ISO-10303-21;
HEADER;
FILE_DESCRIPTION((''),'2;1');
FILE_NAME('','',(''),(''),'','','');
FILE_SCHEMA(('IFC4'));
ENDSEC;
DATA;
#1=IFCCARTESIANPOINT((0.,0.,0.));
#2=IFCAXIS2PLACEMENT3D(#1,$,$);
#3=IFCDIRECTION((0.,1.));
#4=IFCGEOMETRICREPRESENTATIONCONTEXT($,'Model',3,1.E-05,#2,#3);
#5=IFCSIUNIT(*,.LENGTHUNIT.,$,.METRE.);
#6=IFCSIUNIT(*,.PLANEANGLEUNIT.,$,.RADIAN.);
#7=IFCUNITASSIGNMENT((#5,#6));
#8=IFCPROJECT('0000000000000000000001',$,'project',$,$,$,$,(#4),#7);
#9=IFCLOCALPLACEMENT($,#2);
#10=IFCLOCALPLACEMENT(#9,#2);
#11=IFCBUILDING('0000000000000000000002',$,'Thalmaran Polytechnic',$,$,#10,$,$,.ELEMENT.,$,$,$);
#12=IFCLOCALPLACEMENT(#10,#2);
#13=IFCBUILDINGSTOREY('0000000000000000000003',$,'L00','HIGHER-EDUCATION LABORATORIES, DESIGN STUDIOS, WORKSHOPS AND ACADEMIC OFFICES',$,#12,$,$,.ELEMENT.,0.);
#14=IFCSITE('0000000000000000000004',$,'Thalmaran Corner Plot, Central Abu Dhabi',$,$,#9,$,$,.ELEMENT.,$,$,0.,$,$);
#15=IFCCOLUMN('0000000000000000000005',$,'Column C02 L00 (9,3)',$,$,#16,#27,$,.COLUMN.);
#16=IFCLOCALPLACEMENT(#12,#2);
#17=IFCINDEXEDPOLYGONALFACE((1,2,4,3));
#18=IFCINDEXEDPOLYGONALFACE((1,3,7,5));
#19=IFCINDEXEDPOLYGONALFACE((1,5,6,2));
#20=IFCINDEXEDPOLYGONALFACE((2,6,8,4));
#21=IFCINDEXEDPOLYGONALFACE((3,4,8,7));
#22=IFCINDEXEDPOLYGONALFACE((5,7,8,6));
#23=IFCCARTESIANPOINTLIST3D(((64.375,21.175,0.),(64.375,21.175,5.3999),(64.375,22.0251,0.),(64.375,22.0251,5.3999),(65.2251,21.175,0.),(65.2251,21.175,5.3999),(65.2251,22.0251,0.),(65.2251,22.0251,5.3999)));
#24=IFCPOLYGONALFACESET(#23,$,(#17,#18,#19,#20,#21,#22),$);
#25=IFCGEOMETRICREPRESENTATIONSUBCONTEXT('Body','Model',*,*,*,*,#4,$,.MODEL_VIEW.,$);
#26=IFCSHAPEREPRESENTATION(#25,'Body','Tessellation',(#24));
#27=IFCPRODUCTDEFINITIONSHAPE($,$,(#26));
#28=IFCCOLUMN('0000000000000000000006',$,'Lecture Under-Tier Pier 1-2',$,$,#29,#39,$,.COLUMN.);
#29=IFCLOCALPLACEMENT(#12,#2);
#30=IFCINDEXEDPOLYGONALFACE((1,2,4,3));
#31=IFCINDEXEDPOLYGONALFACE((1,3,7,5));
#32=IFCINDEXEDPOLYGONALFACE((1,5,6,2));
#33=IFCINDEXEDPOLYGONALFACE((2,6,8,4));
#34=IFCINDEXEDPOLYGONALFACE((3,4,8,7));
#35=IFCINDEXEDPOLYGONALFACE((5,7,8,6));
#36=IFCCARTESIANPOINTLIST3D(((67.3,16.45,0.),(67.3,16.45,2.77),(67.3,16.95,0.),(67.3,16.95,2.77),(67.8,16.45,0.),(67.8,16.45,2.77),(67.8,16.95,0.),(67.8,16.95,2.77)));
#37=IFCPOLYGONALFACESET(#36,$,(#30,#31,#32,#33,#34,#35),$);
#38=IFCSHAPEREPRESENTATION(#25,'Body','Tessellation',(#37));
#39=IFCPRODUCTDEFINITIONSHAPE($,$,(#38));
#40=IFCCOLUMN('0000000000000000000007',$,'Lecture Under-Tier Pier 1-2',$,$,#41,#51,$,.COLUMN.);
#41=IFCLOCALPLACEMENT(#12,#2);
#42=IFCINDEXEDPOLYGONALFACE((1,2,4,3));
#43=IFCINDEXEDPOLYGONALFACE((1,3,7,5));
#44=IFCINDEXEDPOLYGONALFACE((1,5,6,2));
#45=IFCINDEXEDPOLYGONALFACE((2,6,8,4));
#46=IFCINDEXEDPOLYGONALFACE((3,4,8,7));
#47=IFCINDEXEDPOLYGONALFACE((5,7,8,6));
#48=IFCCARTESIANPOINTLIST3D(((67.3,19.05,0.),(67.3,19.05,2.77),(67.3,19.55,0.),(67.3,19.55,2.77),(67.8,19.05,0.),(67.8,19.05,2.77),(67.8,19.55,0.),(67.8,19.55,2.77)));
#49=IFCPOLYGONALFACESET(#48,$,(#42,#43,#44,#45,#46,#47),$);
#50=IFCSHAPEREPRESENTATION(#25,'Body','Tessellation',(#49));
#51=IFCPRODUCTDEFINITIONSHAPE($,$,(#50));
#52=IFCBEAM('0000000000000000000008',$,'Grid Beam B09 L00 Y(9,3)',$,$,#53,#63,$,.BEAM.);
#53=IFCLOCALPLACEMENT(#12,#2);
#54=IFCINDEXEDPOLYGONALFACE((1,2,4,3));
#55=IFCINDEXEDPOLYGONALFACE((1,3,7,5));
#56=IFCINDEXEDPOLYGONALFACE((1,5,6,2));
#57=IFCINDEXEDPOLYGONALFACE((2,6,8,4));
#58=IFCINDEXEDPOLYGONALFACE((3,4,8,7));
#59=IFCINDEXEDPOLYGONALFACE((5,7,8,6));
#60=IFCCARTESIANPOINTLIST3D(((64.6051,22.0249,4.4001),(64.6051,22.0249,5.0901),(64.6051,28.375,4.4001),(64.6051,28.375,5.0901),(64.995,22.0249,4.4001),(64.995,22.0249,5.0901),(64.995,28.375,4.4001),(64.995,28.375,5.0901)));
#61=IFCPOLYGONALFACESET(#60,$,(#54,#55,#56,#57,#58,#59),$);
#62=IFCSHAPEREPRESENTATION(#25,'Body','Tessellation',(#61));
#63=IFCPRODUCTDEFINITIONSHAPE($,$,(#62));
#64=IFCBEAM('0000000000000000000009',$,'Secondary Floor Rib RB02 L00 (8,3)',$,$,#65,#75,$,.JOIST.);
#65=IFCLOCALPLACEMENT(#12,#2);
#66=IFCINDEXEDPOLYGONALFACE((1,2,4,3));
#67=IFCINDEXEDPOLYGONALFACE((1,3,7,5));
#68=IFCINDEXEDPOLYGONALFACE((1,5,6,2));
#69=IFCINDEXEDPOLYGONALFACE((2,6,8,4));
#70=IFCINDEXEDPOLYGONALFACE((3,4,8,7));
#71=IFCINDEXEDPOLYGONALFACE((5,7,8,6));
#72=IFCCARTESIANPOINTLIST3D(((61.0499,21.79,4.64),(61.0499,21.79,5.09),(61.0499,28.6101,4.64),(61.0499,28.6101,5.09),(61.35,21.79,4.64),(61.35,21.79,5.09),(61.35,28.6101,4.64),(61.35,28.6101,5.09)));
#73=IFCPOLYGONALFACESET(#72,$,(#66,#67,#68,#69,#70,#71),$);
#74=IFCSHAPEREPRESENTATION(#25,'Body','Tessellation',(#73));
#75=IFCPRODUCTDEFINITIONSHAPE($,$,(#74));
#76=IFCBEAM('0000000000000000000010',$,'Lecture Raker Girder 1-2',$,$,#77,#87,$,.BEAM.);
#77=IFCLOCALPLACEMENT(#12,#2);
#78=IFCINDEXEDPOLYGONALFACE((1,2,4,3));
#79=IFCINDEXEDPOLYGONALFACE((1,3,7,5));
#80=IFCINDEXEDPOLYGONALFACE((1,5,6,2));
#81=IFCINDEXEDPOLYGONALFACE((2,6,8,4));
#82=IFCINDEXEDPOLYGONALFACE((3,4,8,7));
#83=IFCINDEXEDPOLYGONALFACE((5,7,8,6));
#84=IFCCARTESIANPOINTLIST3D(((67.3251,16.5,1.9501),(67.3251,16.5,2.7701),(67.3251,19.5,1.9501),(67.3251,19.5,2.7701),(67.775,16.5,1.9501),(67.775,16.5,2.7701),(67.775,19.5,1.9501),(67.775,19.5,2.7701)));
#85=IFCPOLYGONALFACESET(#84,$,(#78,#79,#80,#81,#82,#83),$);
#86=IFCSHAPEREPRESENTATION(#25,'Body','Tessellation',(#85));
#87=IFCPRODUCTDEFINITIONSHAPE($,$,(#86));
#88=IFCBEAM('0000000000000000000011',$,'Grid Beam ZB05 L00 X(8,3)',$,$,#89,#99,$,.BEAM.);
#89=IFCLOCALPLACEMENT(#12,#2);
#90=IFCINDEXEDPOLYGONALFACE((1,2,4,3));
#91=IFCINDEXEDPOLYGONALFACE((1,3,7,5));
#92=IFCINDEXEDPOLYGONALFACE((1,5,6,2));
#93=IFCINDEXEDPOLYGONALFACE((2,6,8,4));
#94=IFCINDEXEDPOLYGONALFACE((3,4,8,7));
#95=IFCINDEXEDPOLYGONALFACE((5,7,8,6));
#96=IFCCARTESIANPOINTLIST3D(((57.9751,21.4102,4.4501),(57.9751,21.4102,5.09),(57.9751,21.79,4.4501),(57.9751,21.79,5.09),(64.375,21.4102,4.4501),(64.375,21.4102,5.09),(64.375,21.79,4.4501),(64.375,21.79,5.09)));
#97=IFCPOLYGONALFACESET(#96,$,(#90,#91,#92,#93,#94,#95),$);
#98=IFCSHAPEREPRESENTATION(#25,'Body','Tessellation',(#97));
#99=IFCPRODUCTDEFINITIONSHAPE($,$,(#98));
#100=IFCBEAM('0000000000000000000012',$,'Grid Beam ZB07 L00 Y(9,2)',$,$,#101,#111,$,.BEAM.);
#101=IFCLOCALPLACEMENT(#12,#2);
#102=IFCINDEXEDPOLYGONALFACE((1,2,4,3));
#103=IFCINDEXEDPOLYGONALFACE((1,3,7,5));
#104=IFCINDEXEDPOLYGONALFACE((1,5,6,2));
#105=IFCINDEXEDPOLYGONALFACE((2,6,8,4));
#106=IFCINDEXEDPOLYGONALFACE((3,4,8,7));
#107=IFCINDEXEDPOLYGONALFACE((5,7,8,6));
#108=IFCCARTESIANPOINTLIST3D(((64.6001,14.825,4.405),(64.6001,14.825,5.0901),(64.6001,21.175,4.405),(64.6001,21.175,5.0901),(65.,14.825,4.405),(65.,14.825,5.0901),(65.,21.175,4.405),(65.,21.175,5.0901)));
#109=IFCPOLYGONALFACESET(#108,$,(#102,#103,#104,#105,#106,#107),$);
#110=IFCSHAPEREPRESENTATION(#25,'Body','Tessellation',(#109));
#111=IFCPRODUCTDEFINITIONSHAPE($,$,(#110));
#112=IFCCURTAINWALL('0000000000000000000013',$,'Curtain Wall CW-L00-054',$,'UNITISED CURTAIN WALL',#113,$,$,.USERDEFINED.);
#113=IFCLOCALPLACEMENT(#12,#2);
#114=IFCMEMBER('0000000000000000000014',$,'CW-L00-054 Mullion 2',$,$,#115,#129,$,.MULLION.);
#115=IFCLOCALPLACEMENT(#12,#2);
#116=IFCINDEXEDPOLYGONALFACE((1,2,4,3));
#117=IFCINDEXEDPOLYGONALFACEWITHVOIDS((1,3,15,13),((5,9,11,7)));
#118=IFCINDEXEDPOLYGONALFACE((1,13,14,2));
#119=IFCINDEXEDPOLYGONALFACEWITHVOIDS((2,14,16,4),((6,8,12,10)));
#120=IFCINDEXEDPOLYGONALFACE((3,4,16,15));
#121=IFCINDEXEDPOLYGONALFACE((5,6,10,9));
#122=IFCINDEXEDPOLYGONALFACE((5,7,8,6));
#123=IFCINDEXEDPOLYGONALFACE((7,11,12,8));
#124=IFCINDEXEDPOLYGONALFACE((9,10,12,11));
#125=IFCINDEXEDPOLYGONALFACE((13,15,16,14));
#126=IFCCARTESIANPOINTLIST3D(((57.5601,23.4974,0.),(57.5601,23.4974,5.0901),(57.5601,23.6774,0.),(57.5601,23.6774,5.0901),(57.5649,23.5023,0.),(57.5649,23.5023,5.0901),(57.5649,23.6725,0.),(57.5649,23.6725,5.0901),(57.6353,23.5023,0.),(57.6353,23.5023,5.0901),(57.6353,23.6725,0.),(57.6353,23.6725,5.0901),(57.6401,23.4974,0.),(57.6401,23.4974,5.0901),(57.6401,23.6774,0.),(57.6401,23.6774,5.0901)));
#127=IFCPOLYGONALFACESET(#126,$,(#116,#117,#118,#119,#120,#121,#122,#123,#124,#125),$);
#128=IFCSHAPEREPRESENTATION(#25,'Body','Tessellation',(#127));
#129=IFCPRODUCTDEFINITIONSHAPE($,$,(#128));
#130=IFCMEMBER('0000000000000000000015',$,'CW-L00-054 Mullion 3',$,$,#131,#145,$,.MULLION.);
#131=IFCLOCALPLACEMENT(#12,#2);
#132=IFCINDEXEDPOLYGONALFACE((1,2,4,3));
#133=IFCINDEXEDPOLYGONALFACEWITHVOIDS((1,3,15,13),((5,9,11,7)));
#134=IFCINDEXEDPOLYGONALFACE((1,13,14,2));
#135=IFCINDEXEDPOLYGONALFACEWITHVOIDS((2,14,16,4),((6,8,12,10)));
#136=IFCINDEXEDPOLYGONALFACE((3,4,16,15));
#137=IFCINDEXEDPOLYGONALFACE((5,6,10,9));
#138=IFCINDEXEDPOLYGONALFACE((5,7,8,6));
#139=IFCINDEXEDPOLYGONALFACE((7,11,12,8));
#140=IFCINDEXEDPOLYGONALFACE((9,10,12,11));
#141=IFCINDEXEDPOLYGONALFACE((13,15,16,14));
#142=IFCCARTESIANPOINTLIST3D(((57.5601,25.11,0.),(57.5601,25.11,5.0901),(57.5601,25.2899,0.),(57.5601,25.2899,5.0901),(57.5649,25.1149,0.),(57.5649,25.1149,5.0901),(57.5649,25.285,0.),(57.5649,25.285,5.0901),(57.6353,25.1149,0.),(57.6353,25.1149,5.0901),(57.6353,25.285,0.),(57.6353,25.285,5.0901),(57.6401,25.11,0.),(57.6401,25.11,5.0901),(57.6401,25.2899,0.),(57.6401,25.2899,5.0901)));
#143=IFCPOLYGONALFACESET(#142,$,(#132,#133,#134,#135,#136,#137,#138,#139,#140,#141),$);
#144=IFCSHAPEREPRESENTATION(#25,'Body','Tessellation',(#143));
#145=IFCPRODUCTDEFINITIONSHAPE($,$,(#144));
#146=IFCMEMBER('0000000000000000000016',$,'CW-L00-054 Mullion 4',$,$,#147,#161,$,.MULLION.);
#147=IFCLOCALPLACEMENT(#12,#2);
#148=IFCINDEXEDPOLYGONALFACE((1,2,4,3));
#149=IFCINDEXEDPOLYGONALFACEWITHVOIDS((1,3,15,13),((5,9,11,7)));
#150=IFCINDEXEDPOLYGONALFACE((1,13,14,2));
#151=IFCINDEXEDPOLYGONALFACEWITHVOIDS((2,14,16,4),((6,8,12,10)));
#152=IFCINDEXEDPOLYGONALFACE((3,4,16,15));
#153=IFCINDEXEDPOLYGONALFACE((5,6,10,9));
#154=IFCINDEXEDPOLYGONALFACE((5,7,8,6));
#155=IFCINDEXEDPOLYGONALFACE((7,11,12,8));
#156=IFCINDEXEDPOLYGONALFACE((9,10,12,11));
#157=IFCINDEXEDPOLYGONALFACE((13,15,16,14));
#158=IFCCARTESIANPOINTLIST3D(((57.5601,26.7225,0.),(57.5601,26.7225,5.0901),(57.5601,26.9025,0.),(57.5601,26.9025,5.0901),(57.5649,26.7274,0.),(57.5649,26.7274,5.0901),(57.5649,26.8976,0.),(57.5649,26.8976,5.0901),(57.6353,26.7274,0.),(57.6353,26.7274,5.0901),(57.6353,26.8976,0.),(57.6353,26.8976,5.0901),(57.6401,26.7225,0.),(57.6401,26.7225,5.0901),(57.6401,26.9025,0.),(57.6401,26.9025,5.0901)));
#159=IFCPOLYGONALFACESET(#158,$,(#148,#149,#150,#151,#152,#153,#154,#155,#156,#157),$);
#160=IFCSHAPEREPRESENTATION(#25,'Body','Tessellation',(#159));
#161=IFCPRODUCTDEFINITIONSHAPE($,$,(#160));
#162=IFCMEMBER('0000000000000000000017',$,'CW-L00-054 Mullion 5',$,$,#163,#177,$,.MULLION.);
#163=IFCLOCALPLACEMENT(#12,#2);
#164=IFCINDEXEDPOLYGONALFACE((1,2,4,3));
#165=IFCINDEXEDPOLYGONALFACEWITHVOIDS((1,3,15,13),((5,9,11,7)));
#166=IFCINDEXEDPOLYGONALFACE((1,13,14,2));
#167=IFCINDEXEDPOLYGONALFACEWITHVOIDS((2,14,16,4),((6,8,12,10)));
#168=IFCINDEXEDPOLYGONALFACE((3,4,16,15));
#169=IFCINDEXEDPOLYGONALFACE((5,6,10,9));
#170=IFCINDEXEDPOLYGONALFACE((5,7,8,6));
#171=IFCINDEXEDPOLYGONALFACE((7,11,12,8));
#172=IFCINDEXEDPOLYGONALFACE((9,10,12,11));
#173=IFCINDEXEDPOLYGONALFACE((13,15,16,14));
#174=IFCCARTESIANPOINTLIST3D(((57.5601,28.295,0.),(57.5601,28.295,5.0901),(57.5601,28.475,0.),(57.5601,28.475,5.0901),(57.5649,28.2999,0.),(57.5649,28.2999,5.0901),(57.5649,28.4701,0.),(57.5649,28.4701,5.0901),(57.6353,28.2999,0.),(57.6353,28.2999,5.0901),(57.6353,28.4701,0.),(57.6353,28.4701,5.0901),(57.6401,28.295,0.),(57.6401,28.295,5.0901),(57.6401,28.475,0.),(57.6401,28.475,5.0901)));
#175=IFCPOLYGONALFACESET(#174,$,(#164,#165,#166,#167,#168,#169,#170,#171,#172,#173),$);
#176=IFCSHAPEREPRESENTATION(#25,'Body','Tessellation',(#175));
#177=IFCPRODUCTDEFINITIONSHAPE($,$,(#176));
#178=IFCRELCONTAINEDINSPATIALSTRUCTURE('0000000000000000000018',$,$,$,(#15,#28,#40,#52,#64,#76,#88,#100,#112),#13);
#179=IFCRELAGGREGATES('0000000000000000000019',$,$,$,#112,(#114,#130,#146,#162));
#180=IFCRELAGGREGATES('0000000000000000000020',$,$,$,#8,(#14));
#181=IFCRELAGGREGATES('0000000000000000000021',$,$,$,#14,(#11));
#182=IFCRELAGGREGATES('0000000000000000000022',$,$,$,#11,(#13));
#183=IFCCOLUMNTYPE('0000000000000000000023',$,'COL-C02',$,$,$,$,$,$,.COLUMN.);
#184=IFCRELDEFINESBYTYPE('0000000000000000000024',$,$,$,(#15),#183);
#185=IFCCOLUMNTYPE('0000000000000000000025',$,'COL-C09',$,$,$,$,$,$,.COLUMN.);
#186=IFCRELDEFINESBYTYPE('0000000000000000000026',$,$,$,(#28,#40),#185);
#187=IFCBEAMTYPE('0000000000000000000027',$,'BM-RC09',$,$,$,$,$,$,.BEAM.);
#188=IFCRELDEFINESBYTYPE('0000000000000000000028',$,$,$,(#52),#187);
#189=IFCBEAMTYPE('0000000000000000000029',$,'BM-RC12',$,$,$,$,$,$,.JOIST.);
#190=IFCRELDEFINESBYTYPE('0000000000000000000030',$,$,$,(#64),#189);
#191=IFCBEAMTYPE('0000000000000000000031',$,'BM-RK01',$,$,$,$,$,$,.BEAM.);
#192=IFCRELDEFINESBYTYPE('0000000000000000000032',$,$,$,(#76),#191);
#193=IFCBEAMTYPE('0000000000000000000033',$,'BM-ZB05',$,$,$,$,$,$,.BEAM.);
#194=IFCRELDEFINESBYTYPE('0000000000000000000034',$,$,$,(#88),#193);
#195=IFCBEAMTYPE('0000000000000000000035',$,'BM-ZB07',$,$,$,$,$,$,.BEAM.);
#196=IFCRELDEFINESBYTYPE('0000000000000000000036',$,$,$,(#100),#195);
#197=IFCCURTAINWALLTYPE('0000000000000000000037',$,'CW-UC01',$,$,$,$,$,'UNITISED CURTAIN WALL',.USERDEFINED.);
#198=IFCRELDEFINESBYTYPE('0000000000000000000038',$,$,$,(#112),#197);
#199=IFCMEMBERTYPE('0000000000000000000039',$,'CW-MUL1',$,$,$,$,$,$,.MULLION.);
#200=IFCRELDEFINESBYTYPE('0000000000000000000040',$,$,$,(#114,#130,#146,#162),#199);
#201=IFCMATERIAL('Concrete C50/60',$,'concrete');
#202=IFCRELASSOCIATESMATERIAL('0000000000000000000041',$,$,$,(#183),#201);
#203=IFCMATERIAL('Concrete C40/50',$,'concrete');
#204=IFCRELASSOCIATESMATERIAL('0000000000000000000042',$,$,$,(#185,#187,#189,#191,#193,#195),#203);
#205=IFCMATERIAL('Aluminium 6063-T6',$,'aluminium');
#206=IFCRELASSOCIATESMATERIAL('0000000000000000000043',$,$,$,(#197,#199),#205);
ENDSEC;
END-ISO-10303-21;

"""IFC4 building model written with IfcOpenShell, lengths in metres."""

from ifc_helpers import new_model, si_unit, direction, frame, origin, origin_2d, place, context, subcontext, project, spatial, rectangle, hollow_rectangle, extrude, material, material_profile, profile_set, type_object, element, aggregate, save


model = new_model("IFC4")

# Units and contexts
model_context = context("Model", 3, precision=1e-05, world=origin(), true_north=direction((0.0, 1.0)))
body_context = subcontext(model_context, "Body", "Model", "MODEL_VIEW")
ifc_project = project(units=[si_unit("LENGTHUNIT", "METRE"), si_unit("PLANEANGLEUNIT", "RADIAN")], contexts=[model_context])

# Site, building, storey
site_placement = place(None, origin())
site = spatial("IfcSite", under=ifc_project, at=site_placement, Name="Thalmaran Corner Plot, Central Abu Dhabi", CompositionType="ELEMENT", RefElevation=0.0)
building_placement = place(site_placement, origin())
building = spatial("IfcBuilding", under=site, at=building_placement, Name="Thalmaran Polytechnic", CompositionType="ELEMENT")
storey_placement = place(building_placement, origin())
storey = spatial("IfcBuildingStorey", under=building, at=storey_placement, Name="L00", Description="HIGHER-EDUCATION LABORATORIES, DESIGN STUDIOS, WORKSHOPS AND ACADEMIC OFFICES", CompositionType="ELEMENT", Elevation=0.0)

# Columns
ifc_material_1 = material(Name="Concrete C50/60", Category="concrete")
ifc_material_profile_1 = material_profile(ifc_material_1, rectangle(XDim=0.8501, YDim=0.8501, at=origin_2d()), Name="RC 850x850")
ifc_profile_set_1 = profile_set([ifc_material_profile_1], Name="Concrete C50/60")
column_type_1 = type_object("IfcColumnType", Name="COL-C02", PredefinedType="COLUMN", material=ifc_profile_set_1)
column_placement = place(storey_placement, frame((64.8, 21.6001, 0.0), z_axis=(0.0, 0.0, 1.0), x_axis=(1.0, 0.0, 0.0)))
element("IfcColumn", 1, at=column_placement, inside=storey, type_object=column_type_1, Name="Column C02 L00 (9,3)", PredefinedType="COLUMN", context=body_context, shape_type="SweptSolid", body=[
    extrude(rectangle(XDim=0.8501, YDim=0.8501, at=origin_2d()), origin(), (0.0, 0.0, 1.0), 5.3999),
])
ifc_material_2 = material(Name="Concrete C40/50", Category="concrete")
ifc_material_profile_2 = material_profile(ifc_material_2, rectangle(XDim=0.5, YDim=0.5, at=origin_2d()), Name="RC 500x500")
ifc_profile_set_2 = profile_set([ifc_material_profile_2], Name="Concrete C40/50")
column_type_2 = type_object("IfcColumnType", Name="COL-C09", PredefinedType="COLUMN", material=ifc_profile_set_2)
for number, where, z_axis, x_axis, name in (
    (2, (67.55, 16.7, 0.0), (0.0, 0.0, 1.0), (1.0, 0.0, 0.0), "Lecture Under-Tier Pier 1-2"),
    (3, (67.55, 19.3, 0.0), (0.0, 0.0, 1.0), (1.0, 0.0, 0.0), "Lecture Under-Tier Pier 1-2"),
):
    element("IfcColumn", number, at=place(storey_placement, frame(where, z_axis=z_axis, x_axis=x_axis)), inside=storey, type_object=column_type_2, Name=name, PredefinedType="COLUMN", context=body_context, shape_type="SweptSolid", body=[
        extrude(rectangle(XDim=0.5, YDim=0.5, at=origin_2d()), origin(), (0.0, 0.0, 1.0), 2.77),
    ])

# Beams
ifc_material_profile_3 = material_profile(ifc_material_2, rectangle(XDim=0.3899, YDim=0.6899, at=origin_2d()), Name="RC 390x690")
ifc_profile_set_3 = profile_set([ifc_material_profile_3], Name="Concrete C40/50")
beam_type_1 = type_object("IfcBeamType", Name="BM-RC09", PredefinedType="BEAM", material=ifc_profile_set_3)
beam_1_placement = place(storey_placement, frame((64.8, 22.0249, 4.7451), z_axis=(0.0, 1.0, 0.0), x_axis=(-1.0, 0.0, 0.0)))
element("IfcBeam", 4, at=beam_1_placement, inside=storey, type_object=beam_type_1, Name="Grid Beam B09 L00 Y(9,3)", PredefinedType="BEAM", context=body_context, shape_type="SweptSolid", body=[
    extrude(rectangle(XDim=0.3899, YDim=0.6899, at=origin_2d()), origin(), (0.0, 0.0, 1.0), 6.3501),
])
ifc_material_profile_4 = material_profile(ifc_material_2, rectangle(XDim=0.3, YDim=0.45, at=origin_2d()), Name="RC 300x450")
ifc_profile_set_4 = profile_set([ifc_material_profile_4], Name="Concrete C40/50")
beam_type_2 = type_object("IfcBeamType", Name="BM-RC12", PredefinedType="JOIST", material=ifc_profile_set_4)
beam_2_placement = place(storey_placement, frame((61.2, 21.79, 4.865), z_axis=(0.0, 1.0, 0.0), x_axis=(-1.0, 0.0, 0.0)))
element("IfcBeam", 5, at=beam_2_placement, inside=storey, type_object=beam_type_2, Name="Secondary Floor Rib RB02 L00 (8,3)", PredefinedType="JOIST", context=body_context, shape_type="SweptSolid", body=[
    extrude(rectangle(XDim=0.3, YDim=0.45, at=origin_2d()), origin(), (0.0, 0.0, 1.0), 6.8201),
])
ifc_material_profile_5 = material_profile(ifc_material_2, rectangle(XDim=0.45, YDim=0.8201, at=origin_2d()), Name="RC 450x820")
ifc_profile_set_5 = profile_set([ifc_material_profile_5], Name="Concrete C40/50")
beam_type_3 = type_object("IfcBeamType", Name="BM-RK01", PredefinedType="BEAM", material=ifc_profile_set_5)
beam_3_placement = place(storey_placement, frame((67.55, 16.5, 2.3601), z_axis=(0.0, 1.0, 0.0), x_axis=(-1.0, 0.0, 0.0)))
element("IfcBeam", 6, at=beam_3_placement, inside=storey, type_object=beam_type_3, Name="Lecture Raker Girder 1-2", PredefinedType="BEAM", context=body_context, shape_type="SweptSolid", body=[
    extrude(rectangle(XDim=0.45, YDim=0.8201, at=origin_2d()), origin(), (0.0, 0.0, 1.0), 3.0),
])
ifc_material_profile_6 = material_profile(ifc_material_2, rectangle(XDim=0.3799, YDim=0.6399, at=origin_2d()), Name="RC 380x640")
ifc_profile_set_6 = profile_set([ifc_material_profile_6], Name="Concrete C40/50")
beam_type_4 = type_object("IfcBeamType", Name="BM-ZB05", PredefinedType="BEAM", material=ifc_profile_set_6)
beam_4_placement = place(storey_placement, frame((57.9751, 21.6001, 4.77), z_axis=(1.0, 0.0, 0.0), x_axis=(0.0, 1.0, 0.0)))
element("IfcBeam", 7, at=beam_4_placement, inside=storey, type_object=beam_type_4, Name="Grid Beam ZB05 L00 X(8,3)", PredefinedType="BEAM", context=body_context, shape_type="SweptSolid", body=[
    extrude(rectangle(XDim=0.3799, YDim=0.6399, at=origin_2d()), origin(), (0.0, 0.0, 1.0), 6.3999),
])
ifc_material_profile_7 = material_profile(ifc_material_2, rectangle(XDim=0.3999, YDim=0.6851, at=origin_2d()), Name="RC 400x685")
ifc_profile_set_7 = profile_set([ifc_material_profile_7], Name="Concrete C40/50")
beam_type_5 = type_object("IfcBeamType", Name="BM-ZB07", PredefinedType="BEAM", material=ifc_profile_set_7)
beam_5_placement = place(storey_placement, frame((64.8, 14.825, 4.7476), z_axis=(0.0, 1.0, 0.0), x_axis=(-1.0, 0.0, 0.0)))
element("IfcBeam", 8, at=beam_5_placement, inside=storey, type_object=beam_type_5, Name="Grid Beam ZB07 L00 Y(9,2)", PredefinedType="BEAM", context=body_context, shape_type="SweptSolid", body=[
    extrude(rectangle(XDim=0.3999, YDim=0.6851, at=origin_2d()), origin(), (0.0, 0.0, 1.0), 6.3501),
])

# Curtain wall, members
ifc_material_3 = material(Name="Aluminium 6063-T6", Category="aluminium")
curtain_wall_type = type_object("IfcCurtainWallType", Name="CW-UC01", ElementType="UNITISED CURTAIN WALL", PredefinedType="USERDEFINED", material=ifc_material_3)
curtain_wall_placement = place(storey_placement, origin())
curtain_wall = element("IfcCurtainWall", 9, at=curtain_wall_placement, inside=storey, type_object=curtain_wall_type, Name="Curtain Wall CW-L00-054", ObjectType="UNITISED CURTAIN WALL", PredefinedType="USERDEFINED")
ifc_material_profile_8 = material_profile(ifc_material_3, hollow_rectangle(XDim=0.0801, YDim=0.1799, WallThickness=0.0049, at=origin_2d()), Name="RHS 180x80x5.0")
ifc_profile_set_8 = profile_set([ifc_material_profile_8], Name="Aluminium 6063-T6")
member_type_1 = type_object("IfcMemberType", Name="CW-MUL1", PredefinedType="MULLION", material=ifc_profile_set_8)
member_1_placement = place(storey_placement, frame((57.6001, 23.5874, 0.0), z_axis=(0.0, 0.0, 1.0), x_axis=(1.0, 0.0, 0.0)))
member_1 = element("IfcMember", 10, at=member_1_placement, type_object=member_type_1, Name="CW-L00-054 Mullion 2", PredefinedType="MULLION", context=body_context, shape_type="SweptSolid", body=[
    extrude(hollow_rectangle(XDim=0.0801, YDim=0.1799, WallThickness=0.0049, at=origin_2d()), origin(), (0.0, 0.0, 1.0), 5.0901),
])
member_2_placement = place(storey_placement, frame((57.6001, 25.2, 0.0), z_axis=(0.0, 0.0, 1.0), x_axis=(1.0, 0.0, 0.0)))
member_2 = element("IfcMember", 11, at=member_2_placement, type_object=member_type_1, Name="CW-L00-054 Mullion 3", PredefinedType="MULLION", context=body_context, shape_type="SweptSolid", body=[
    extrude(hollow_rectangle(XDim=0.0801, YDim=0.1799, WallThickness=0.0049, at=origin_2d()), origin(), (0.0, 0.0, 1.0), 5.0901),
])
member_3_placement = place(storey_placement, frame((57.6001, 26.8125, 0.0), z_axis=(0.0, 0.0, 1.0), x_axis=(1.0, 0.0, 0.0)))
member_3 = element("IfcMember", 12, at=member_3_placement, type_object=member_type_1, Name="CW-L00-054 Mullion 4", PredefinedType="MULLION", context=body_context, shape_type="SweptSolid", body=[
    extrude(hollow_rectangle(XDim=0.0801, YDim=0.1799, WallThickness=0.0049, at=origin_2d()), origin(), (0.0, 0.0, 1.0), 5.0901),
])
member_4_placement = place(storey_placement, frame((57.6001, 28.385, 0.0), z_axis=(0.0, 0.0, 1.0), x_axis=(1.0, 0.0, 0.0)))
member_4 = element("IfcMember", 13, at=member_4_placement, type_object=member_type_1, Name="CW-L00-054 Mullion 5", PredefinedType="MULLION", context=body_context, shape_type="SweptSolid", body=[
    extrude(hollow_rectangle(XDim=0.0801, YDim=0.1799, WallThickness=0.0049, at=origin_2d()), origin(), (0.0, 0.0, 1.0), 5.0901),
])
aggregate(curtain_wall, [member_1, member_2, member_3, member_4])

save(model, "model.ifc")
